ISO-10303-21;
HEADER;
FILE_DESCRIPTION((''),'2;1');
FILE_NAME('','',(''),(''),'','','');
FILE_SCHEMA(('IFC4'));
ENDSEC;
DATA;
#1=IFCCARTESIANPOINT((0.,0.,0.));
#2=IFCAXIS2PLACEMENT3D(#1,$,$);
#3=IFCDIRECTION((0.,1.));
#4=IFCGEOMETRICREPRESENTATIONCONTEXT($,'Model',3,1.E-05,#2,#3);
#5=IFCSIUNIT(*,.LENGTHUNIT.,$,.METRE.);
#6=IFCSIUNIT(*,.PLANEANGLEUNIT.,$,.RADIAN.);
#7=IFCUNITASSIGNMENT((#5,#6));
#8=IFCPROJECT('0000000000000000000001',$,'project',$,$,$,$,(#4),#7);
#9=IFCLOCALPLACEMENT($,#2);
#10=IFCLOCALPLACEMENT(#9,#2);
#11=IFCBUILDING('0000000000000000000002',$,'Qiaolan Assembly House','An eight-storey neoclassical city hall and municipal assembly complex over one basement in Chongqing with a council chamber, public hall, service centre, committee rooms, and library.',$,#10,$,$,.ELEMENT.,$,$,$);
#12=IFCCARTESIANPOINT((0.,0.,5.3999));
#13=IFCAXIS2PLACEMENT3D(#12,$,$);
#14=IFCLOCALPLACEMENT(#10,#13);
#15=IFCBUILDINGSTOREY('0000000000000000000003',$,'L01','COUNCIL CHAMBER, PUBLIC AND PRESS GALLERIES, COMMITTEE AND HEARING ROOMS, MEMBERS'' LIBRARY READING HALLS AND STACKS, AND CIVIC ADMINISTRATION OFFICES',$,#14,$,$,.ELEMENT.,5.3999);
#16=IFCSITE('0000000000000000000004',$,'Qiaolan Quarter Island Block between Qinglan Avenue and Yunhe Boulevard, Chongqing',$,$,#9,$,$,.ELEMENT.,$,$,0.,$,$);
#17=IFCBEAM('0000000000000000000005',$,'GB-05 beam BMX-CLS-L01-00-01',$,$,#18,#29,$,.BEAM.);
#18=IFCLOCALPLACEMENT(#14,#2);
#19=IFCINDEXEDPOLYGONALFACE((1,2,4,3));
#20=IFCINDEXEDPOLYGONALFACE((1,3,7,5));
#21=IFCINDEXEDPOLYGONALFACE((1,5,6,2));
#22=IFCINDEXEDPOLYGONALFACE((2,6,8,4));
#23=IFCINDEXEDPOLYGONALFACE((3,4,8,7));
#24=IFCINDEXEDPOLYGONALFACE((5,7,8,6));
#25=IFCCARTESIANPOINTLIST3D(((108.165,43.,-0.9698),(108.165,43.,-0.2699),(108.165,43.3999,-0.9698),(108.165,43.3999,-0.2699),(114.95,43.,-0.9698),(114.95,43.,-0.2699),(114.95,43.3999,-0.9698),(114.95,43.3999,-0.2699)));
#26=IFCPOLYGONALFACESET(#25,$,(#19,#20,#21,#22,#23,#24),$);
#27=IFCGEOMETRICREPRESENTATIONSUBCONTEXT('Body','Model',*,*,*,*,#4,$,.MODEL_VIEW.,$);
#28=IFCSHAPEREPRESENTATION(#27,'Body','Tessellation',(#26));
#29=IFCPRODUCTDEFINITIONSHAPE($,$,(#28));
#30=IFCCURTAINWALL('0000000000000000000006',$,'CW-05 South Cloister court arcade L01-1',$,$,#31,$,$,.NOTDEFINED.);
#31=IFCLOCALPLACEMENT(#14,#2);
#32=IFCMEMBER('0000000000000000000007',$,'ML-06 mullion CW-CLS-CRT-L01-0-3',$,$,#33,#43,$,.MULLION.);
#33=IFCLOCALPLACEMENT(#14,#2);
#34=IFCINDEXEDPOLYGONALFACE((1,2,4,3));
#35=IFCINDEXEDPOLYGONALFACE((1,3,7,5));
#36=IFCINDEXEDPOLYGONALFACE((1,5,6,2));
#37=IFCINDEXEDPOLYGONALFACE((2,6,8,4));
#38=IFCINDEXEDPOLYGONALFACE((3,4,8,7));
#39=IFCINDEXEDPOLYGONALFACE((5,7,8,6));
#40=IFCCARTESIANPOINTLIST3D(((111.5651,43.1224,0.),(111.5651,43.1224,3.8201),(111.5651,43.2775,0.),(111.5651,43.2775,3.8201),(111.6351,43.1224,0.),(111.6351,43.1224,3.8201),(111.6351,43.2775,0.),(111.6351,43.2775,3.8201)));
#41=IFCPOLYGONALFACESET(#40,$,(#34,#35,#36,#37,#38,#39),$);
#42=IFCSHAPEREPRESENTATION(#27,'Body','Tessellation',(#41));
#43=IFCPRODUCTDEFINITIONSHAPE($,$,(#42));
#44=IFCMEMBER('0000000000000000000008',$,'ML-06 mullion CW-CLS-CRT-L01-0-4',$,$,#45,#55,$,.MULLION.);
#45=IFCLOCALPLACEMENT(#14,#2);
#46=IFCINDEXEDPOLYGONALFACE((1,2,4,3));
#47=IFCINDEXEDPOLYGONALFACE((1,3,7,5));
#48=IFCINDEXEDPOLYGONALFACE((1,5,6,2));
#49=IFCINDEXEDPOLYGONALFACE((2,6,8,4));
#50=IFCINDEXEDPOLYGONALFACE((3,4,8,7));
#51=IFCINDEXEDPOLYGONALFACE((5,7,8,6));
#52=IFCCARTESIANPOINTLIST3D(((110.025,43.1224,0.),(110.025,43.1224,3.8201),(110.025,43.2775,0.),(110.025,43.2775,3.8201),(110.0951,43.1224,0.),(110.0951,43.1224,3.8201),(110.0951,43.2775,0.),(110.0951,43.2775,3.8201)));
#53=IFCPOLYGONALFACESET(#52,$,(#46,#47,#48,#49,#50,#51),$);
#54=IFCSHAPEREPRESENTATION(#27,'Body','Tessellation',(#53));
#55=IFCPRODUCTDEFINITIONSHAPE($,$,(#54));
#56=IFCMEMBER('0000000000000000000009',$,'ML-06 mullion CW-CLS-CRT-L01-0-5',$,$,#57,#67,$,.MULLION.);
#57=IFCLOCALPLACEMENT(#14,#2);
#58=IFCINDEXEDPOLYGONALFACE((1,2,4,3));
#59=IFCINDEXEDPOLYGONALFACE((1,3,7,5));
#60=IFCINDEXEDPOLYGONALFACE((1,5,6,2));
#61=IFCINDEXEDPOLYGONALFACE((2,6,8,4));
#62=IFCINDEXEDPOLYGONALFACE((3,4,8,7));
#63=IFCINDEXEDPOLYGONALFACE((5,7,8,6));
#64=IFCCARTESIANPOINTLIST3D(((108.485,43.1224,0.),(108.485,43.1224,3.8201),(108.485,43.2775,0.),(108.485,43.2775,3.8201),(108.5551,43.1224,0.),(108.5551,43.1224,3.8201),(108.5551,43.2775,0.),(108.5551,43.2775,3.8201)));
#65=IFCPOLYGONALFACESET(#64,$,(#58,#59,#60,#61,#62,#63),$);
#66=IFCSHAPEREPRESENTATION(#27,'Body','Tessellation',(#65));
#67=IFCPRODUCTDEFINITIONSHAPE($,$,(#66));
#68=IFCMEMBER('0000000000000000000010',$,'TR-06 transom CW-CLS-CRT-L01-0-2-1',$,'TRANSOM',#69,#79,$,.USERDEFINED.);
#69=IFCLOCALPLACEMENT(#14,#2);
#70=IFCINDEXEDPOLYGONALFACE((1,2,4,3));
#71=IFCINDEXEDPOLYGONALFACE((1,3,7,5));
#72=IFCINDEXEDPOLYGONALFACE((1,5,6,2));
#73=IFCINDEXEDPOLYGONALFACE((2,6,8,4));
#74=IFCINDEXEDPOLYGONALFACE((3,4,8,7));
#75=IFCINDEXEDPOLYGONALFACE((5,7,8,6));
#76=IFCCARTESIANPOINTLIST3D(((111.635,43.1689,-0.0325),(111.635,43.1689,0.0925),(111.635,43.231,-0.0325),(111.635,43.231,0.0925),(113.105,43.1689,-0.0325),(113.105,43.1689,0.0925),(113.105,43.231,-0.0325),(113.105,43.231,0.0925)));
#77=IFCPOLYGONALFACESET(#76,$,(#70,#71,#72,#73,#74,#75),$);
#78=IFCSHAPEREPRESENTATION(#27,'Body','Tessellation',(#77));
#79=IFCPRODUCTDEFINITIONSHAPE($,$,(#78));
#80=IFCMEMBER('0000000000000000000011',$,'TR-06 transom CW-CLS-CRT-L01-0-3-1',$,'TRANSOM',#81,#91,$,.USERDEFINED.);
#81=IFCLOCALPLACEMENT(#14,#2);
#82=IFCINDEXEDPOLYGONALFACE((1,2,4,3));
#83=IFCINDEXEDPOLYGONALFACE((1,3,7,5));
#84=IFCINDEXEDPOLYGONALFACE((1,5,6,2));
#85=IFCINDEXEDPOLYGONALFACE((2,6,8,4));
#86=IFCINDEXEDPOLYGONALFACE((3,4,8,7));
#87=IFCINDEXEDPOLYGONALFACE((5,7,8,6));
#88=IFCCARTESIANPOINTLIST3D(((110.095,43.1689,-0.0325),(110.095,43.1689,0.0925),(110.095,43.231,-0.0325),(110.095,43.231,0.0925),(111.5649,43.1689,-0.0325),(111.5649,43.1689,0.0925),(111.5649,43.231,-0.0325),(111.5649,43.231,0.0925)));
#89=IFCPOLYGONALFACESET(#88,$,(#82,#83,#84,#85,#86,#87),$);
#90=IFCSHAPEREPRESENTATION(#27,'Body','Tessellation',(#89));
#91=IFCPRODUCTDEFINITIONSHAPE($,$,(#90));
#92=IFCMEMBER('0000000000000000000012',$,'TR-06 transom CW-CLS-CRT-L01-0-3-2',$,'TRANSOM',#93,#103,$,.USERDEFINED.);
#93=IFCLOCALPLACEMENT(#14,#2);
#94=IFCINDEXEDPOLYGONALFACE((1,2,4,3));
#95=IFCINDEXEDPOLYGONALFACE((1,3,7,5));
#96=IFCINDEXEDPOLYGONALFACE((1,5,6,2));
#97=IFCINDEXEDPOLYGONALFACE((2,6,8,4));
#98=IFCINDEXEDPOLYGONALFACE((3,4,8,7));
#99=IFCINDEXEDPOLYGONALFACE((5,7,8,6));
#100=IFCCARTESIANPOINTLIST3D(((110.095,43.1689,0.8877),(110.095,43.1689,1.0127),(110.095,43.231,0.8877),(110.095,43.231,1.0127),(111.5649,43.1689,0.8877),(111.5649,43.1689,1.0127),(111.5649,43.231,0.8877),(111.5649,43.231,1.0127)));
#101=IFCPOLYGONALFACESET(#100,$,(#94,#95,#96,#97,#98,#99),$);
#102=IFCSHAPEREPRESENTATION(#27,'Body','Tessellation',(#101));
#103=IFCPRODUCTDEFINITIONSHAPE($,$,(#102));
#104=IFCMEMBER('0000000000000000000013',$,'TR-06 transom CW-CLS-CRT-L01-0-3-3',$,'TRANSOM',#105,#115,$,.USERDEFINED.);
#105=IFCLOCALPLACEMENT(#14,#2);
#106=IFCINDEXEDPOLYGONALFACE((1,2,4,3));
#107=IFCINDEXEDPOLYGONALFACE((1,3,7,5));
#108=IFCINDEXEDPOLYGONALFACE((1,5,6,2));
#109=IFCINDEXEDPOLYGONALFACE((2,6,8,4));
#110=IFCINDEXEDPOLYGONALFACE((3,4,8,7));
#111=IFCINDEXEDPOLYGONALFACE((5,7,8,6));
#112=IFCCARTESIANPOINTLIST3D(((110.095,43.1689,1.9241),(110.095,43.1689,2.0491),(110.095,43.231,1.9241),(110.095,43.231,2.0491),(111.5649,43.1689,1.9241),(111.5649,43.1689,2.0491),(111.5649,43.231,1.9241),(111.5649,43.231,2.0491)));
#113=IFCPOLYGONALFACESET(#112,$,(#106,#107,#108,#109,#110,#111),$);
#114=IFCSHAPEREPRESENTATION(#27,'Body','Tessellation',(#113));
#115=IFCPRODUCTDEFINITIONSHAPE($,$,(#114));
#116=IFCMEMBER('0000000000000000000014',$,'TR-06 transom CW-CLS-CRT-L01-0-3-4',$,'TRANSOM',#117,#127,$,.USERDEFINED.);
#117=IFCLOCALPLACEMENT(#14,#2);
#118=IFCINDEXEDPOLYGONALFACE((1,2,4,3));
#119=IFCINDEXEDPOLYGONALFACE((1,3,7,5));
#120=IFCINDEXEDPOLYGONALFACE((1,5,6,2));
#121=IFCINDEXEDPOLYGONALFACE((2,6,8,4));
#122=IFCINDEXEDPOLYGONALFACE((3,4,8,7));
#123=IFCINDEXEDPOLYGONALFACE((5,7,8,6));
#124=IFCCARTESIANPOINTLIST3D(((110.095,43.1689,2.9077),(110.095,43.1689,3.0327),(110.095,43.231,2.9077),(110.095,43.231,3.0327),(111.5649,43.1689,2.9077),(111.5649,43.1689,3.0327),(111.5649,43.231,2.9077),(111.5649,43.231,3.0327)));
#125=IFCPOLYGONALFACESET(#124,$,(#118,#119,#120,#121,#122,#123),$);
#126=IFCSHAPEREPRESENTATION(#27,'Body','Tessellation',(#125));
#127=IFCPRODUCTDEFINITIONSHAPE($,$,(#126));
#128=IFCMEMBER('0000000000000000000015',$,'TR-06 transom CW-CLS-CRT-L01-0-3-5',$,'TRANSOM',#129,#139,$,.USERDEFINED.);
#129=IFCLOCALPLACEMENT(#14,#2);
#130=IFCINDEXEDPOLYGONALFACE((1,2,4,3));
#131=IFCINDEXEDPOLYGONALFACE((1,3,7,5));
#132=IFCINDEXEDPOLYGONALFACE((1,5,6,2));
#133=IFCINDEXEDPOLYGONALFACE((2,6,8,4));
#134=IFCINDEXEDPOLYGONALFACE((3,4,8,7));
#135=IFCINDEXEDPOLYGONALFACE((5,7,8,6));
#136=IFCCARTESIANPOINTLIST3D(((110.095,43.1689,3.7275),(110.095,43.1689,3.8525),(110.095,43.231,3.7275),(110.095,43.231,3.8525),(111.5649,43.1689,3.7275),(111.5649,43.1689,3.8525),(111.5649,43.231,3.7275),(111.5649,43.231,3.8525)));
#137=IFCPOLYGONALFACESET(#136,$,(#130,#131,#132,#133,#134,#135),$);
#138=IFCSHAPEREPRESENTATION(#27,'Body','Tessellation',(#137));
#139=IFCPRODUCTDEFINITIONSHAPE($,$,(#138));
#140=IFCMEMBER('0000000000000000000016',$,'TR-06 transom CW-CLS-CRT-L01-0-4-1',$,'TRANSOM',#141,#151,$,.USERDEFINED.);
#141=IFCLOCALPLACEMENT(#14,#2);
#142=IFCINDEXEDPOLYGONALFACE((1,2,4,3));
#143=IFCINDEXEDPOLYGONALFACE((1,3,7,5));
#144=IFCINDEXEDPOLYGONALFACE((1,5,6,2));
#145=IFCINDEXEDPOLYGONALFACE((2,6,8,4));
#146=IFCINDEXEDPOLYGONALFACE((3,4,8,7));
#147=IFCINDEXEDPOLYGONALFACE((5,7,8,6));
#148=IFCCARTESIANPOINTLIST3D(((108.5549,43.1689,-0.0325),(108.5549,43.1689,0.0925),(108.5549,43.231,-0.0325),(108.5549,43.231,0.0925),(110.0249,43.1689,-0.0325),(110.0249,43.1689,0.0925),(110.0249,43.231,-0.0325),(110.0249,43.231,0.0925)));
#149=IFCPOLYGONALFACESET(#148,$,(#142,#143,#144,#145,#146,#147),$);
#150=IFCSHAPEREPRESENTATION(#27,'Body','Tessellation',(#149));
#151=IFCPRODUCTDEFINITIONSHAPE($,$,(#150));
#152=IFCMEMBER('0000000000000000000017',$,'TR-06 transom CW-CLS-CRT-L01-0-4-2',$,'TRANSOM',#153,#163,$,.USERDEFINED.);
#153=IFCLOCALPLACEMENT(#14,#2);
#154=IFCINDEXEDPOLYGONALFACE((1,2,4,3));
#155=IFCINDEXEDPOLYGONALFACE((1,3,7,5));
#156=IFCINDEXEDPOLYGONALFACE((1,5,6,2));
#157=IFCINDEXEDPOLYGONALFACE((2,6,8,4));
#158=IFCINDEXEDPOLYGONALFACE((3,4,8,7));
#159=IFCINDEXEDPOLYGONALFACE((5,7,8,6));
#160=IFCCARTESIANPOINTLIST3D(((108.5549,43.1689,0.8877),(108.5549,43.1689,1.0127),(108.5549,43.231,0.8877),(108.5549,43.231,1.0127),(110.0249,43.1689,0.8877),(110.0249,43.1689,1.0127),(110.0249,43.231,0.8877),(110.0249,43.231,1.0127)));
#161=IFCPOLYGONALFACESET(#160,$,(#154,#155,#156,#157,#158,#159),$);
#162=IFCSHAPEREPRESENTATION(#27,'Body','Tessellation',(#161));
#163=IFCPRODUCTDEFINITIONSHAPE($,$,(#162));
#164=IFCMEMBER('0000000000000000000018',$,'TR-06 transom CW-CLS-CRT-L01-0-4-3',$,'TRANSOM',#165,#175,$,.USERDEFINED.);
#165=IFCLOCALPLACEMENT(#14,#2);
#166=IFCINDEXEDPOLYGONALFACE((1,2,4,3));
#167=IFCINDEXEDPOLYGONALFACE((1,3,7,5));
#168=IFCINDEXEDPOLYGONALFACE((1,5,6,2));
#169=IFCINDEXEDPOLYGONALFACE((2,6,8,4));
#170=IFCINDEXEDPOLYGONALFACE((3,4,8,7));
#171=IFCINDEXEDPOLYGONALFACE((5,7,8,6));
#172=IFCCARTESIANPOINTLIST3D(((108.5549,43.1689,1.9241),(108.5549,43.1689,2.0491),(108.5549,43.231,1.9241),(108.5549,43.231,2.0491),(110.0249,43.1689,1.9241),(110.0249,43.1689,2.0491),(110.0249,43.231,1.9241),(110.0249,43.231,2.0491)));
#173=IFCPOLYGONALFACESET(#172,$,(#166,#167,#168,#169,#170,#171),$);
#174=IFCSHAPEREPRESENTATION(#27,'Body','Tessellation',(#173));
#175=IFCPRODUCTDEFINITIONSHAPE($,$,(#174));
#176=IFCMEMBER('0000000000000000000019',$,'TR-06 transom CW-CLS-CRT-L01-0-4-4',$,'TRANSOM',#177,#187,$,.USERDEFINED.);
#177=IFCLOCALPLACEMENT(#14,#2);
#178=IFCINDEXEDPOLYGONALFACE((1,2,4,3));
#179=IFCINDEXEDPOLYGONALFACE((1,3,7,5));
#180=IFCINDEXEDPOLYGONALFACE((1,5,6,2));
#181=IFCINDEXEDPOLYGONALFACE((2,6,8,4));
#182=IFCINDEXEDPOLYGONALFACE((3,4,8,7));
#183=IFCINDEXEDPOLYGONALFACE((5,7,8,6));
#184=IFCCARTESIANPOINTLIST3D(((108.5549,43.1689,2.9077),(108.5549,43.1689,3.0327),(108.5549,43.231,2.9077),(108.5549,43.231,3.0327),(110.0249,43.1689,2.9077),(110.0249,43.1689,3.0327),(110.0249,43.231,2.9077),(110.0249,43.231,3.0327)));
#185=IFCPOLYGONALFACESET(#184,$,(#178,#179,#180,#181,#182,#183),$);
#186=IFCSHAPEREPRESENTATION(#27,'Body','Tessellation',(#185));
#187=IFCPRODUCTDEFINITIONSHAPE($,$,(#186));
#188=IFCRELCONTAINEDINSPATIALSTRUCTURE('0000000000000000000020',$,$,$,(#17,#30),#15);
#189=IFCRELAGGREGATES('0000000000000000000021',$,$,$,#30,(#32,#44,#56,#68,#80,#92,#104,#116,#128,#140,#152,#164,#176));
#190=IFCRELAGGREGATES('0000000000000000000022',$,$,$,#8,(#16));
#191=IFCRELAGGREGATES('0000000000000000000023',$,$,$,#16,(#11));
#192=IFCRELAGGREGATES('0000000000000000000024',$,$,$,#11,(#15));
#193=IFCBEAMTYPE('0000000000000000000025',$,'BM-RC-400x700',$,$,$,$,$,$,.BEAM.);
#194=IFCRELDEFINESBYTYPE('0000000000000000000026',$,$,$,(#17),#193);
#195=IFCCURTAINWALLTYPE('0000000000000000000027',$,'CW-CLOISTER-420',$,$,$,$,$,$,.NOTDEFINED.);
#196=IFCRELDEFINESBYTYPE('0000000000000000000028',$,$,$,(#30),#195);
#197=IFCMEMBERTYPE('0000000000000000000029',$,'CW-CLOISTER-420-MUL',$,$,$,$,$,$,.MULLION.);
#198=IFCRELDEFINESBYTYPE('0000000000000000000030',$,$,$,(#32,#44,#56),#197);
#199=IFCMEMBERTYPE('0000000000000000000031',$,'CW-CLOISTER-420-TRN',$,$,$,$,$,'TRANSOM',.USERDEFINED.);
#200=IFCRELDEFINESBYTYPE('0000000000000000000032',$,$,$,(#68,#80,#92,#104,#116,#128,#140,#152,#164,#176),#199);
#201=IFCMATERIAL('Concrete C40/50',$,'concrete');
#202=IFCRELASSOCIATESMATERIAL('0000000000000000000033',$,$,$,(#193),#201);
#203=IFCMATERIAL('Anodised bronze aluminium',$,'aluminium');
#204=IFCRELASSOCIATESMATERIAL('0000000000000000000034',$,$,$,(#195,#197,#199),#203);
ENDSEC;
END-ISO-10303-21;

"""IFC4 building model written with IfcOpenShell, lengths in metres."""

from ifc_helpers import new_model, si_unit, direction, frame, origin, origin_2d, place, context, subcontext, project, spatial, rectangle, extrude, material, material_profile, profile_set, type_object, element, aggregate, save


model = new_model("IFC4")

# Units and contexts
model_context = context("Model", 3, precision=1e-05, world=origin(), true_north=direction((0.0, 1.0)))
body_context = subcontext(model_context, "Body", "Model", "MODEL_VIEW")
ifc_project = project(units=[si_unit("LENGTHUNIT", "METRE"), si_unit("PLANEANGLEUNIT", "RADIAN")], contexts=[model_context])

# Site, building, storey
site_placement = place(None, origin())
site = spatial("IfcSite", under=ifc_project, at=site_placement, Name="Qiaolan Quarter Island Block between Qinglan Avenue and Yunhe Boulevard, Chongqing", CompositionType="ELEMENT", RefElevation=0.0)
building_placement = place(site_placement, origin())
building = spatial("IfcBuilding", under=site, at=building_placement, Name="Qiaolan Assembly House", Description="An eight-storey neoclassical city hall and municipal assembly complex over one basement in Chongqing with a council chamber, public hall, service centre, committee rooms, and library.", CompositionType="ELEMENT")
storey_placement = place(building_placement, frame((0.0, 0.0, 5.3999)))
storey = spatial("IfcBuildingStorey", under=building, at=storey_placement, Name="L01", Description="COUNCIL CHAMBER, PUBLIC AND PRESS GALLERIES, COMMITTEE AND HEARING ROOMS, MEMBERS' LIBRARY READING HALLS AND STACKS, AND CIVIC ADMINISTRATION OFFICES", CompositionType="ELEMENT", Elevation=5.3999)

# Beam
ifc_material_1 = material(Name="Concrete C40/50", Category="concrete")
ifc_material_profile_1 = material_profile(ifc_material_1, rectangle(XDim=0.3999, YDim=0.7, at=origin_2d()), Name="RCB 400x700")
ifc_profile_set_1 = profile_set([ifc_material_profile_1], Name="Concrete C40/50")
beam_type = type_object("IfcBeamType", Name="BM-RC-400x700", PredefinedType="BEAM", material=ifc_profile_set_1)
beam_placement = place(storey_placement, frame((108.165, 43.2, -0.6199), z_axis=(1.0, 0.0, 0.0), x_axis=(0.0, 1.0, 0.0)))
element("IfcBeam", 1, at=beam_placement, inside=storey, type_object=beam_type, Name="GB-05 beam BMX-CLS-L01-00-01", PredefinedType="BEAM", context=body_context, shape_type="SweptSolid", body=[
    extrude(rectangle(XDim=0.3999, YDim=0.7, at=origin_2d()), origin(), (0.0, 0.0, 1.0), 6.7849),
])

# Curtain wall, members
ifc_material_2 = material(Name="Anodised bronze aluminium", Category="aluminium")
curtain_wall_type = type_object("IfcCurtainWallType", Name="CW-CLOISTER-420", PredefinedType="NOTDEFINED", material=ifc_material_2)
curtain_wall_placement = place(storey_placement, origin())
curtain_wall = element("IfcCurtainWall", 2, at=curtain_wall_placement, inside=storey, type_object=curtain_wall_type, Name="CW-05 South Cloister court arcade L01-1", PredefinedType="NOTDEFINED")
ifc_material_profile_2 = material_profile(ifc_material_2, rectangle(XDim=0.0701, YDim=0.155, at=origin_2d()), Name="MUL 70x155")
ifc_profile_set_2 = profile_set([ifc_material_profile_2], Name="Anodised bronze aluminium")
member_type_1 = type_object("IfcMemberType", Name="CW-CLOISTER-420-MUL", PredefinedType="MULLION", material=ifc_profile_set_2)
member_1_placement = place(storey_placement, frame((111.6001, 43.2, 0.0), z_axis=(0.0, 0.0, 1.0), x_axis=(-1.0, 0.0, 0.0)))
member_1 = element("IfcMember", 3, at=member_1_placement, type_object=member_type_1, Name="ML-06 mullion CW-CLS-CRT-L01-0-3", PredefinedType="MULLION", context=body_context, shape_type="SweptSolid", body=[
    extrude(rectangle(XDim=0.0701, YDim=0.155, at=origin_2d()), origin(), (0.0, 0.0, 1.0), 3.8201),
])
member_2_placement = place(storey_placement, frame((110.0601, 43.2, 0.0), z_axis=(0.0, 0.0, 1.0), x_axis=(-1.0, 0.0, 0.0)))
member_2 = element("IfcMember", 4, at=member_2_placement, type_object=member_type_1, Name="ML-06 mullion CW-CLS-CRT-L01-0-4", PredefinedType="MULLION", context=body_context, shape_type="SweptSolid", body=[
    extrude(rectangle(XDim=0.0701, YDim=0.155, at=origin_2d()), origin(), (0.0, 0.0, 1.0), 3.8201),
])
member_3_placement = place(storey_placement, frame((108.52, 43.2, 0.0), z_axis=(0.0, 0.0, 1.0), x_axis=(-1.0, 0.0, 0.0)))
member_3 = element("IfcMember", 5, at=member_3_placement, type_object=member_type_1, Name="ML-06 mullion CW-CLS-CRT-L01-0-5", PredefinedType="MULLION", context=body_context, shape_type="SweptSolid", body=[
    extrude(rectangle(XDim=0.0701, YDim=0.155, at=origin_2d()), origin(), (0.0, 0.0, 1.0), 3.8201),
])
ifc_material_profile_3 = material_profile(ifc_material_2, rectangle(XDim=0.062, YDim=0.125, at=origin_2d()), Name="TRN 62x125")
ifc_profile_set_3 = profile_set([ifc_material_profile_3], Name="Anodised bronze aluminium")
member_type_2 = type_object("IfcMemberType", Name="CW-CLOISTER-420-TRN", ElementType="TRANSOM", PredefinedType="USERDEFINED", material=ifc_profile_set_3)
member_4_placement = place(storey_placement, frame((113.105, 43.2, 0.03), z_axis=(-1.0, 0.0, 0.0), x_axis=(0.0, -1.0, 0.0)))
member_4 = element("IfcMember", 6, at=member_4_placement, type_object=member_type_2, Name="TR-06 transom CW-CLS-CRT-L01-0-2-1", ObjectType="TRANSOM", PredefinedType="USERDEFINED", context=body_context, shape_type="SweptSolid", body=[
    extrude(rectangle(XDim=0.062, YDim=0.125, at=origin_2d()), origin(), (0.0, 0.0, 1.0), 1.47),
])
member_5_placement = place(storey_placement, frame((111.5649, 43.2, 0.03), z_axis=(-1.0, 0.0, 0.0), x_axis=(0.0, -1.0, 0.0)))
member_5 = element("IfcMember", 7, at=member_5_placement, type_object=member_type_2, Name="TR-06 transom CW-CLS-CRT-L01-0-3-1", ObjectType="TRANSOM", PredefinedType="USERDEFINED", context=body_context, shape_type="SweptSolid", body=[
    extrude(rectangle(XDim=0.062, YDim=0.125, at=origin_2d()), origin(), (0.0, 0.0, 1.0), 1.47),
])
member_6_placement = place(storey_placement, frame((111.5649, 43.2, 0.9502), z_axis=(-1.0, 0.0, 0.0), x_axis=(0.0, -1.0, 0.0)))
member_6 = element("IfcMember", 8, at=member_6_placement, type_object=member_type_2, Name="TR-06 transom CW-CLS-CRT-L01-0-3-2", ObjectType="TRANSOM", PredefinedType="USERDEFINED", context=body_context, shape_type="SweptSolid", body=[
    extrude(rectangle(XDim=0.062, YDim=0.125, at=origin_2d()), origin(), (0.0, 0.0, 1.0), 1.47),
])
member_7_placement = place(storey_placement, frame((111.5649, 43.2, 1.9866), z_axis=(-1.0, 0.0, 0.0), x_axis=(0.0, -1.0, 0.0)))
member_7 = element("IfcMember", 9, at=member_7_placement, type_object=member_type_2, Name="TR-06 transom CW-CLS-CRT-L01-0-3-3", ObjectType="TRANSOM", PredefinedType="USERDEFINED", context=body_context, shape_type="SweptSolid", body=[
    extrude(rectangle(XDim=0.062, YDim=0.125, at=origin_2d()), origin(), (0.0, 0.0, 1.0), 1.47),
])
member_8_placement = place(storey_placement, frame((111.5649, 43.2, 2.9702), z_axis=(-1.0, 0.0, 0.0), x_axis=(0.0, -1.0, 0.0)))
member_8 = element("IfcMember", 10, at=member_8_placement, type_object=member_type_2, Name="TR-06 transom CW-CLS-CRT-L01-0-3-4", ObjectType="TRANSOM", PredefinedType="USERDEFINED", context=body_context, shape_type="SweptSolid", body=[
    extrude(rectangle(XDim=0.062, YDim=0.125, at=origin_2d()), origin(), (0.0, 0.0, 1.0), 1.47),
])
member_9_placement = place(storey_placement, frame((111.5649, 43.2, 3.79), z_axis=(-1.0, 0.0, 0.0), x_axis=(0.0, -1.0, 0.0)))
member_9 = element("IfcMember", 11, at=member_9_placement, type_object=member_type_2, Name="TR-06 transom CW-CLS-CRT-L01-0-3-5", ObjectType="TRANSOM", PredefinedType="USERDEFINED", context=body_context, shape_type="SweptSolid", body=[
    extrude(rectangle(XDim=0.062, YDim=0.125, at=origin_2d()), origin(), (0.0, 0.0, 1.0), 1.47),
])
member_10_placement = place(storey_placement, frame((110.0249, 43.2, 0.03), z_axis=(-1.0, 0.0, 0.0), x_axis=(0.0, -1.0, 0.0)))
member_10 = element("IfcMember", 12, at=member_10_placement, type_object=member_type_2, Name="TR-06 transom CW-CLS-CRT-L01-0-4-1", ObjectType="TRANSOM", PredefinedType="USERDEFINED", context=body_context, shape_type="SweptSolid", body=[
    extrude(rectangle(XDim=0.062, YDim=0.125, at=origin_2d()), origin(), (0.0, 0.0, 1.0), 1.47),
])
member_11_placement = place(storey_placement, frame((110.0249, 43.2, 0.9502), z_axis=(-1.0, 0.0, 0.0), x_axis=(0.0, -1.0, 0.0)))
member_11 = element("IfcMember", 13, at=member_11_placement, type_object=member_type_2, Name="TR-06 transom CW-CLS-CRT-L01-0-4-2", ObjectType="TRANSOM", PredefinedType="USERDEFINED", context=body_context, shape_type="SweptSolid", body=[
    extrude(rectangle(XDim=0.062, YDim=0.125, at=origin_2d()), origin(), (0.0, 0.0, 1.0), 1.47),
])
member_12_placement = place(storey_placement, frame((110.0249, 43.2, 1.9866), z_axis=(-1.0, 0.0, 0.0), x_axis=(0.0, -1.0, 0.0)))
member_12 = element("IfcMember", 14, at=member_12_placement, type_object=member_type_2, Name="TR-06 transom CW-CLS-CRT-L01-0-4-3", ObjectType="TRANSOM", PredefinedType="USERDEFINED", context=body_context, shape_type="SweptSolid", body=[
    extrude(rectangle(XDim=0.062, YDim=0.125, at=origin_2d()), origin(), (0.0, 0.0, 1.0), 1.47),
])
member_13_placement = place(storey_placement, frame((110.0249, 43.2, 2.9702), z_axis=(-1.0, 0.0, 0.0), x_axis=(0.0, -1.0, 0.0)))
member_13 = element("IfcMember", 15, at=member_13_placement, type_object=member_type_2, Name="TR-06 transom CW-CLS-CRT-L01-0-4-4", ObjectType="TRANSOM", PredefinedType="USERDEFINED", context=body_context, shape_type="SweptSolid", body=[
    extrude(rectangle(XDim=0.062, YDim=0.125, at=origin_2d()), origin(), (0.0, 0.0, 1.0), 1.47),
])
aggregate(curtain_wall, [member_1, member_2, member_3, member_4, member_5, member_6, member_7, member_8, member_9, member_10, member_11, member_12, member_13])

save(model, "model.ifc")
